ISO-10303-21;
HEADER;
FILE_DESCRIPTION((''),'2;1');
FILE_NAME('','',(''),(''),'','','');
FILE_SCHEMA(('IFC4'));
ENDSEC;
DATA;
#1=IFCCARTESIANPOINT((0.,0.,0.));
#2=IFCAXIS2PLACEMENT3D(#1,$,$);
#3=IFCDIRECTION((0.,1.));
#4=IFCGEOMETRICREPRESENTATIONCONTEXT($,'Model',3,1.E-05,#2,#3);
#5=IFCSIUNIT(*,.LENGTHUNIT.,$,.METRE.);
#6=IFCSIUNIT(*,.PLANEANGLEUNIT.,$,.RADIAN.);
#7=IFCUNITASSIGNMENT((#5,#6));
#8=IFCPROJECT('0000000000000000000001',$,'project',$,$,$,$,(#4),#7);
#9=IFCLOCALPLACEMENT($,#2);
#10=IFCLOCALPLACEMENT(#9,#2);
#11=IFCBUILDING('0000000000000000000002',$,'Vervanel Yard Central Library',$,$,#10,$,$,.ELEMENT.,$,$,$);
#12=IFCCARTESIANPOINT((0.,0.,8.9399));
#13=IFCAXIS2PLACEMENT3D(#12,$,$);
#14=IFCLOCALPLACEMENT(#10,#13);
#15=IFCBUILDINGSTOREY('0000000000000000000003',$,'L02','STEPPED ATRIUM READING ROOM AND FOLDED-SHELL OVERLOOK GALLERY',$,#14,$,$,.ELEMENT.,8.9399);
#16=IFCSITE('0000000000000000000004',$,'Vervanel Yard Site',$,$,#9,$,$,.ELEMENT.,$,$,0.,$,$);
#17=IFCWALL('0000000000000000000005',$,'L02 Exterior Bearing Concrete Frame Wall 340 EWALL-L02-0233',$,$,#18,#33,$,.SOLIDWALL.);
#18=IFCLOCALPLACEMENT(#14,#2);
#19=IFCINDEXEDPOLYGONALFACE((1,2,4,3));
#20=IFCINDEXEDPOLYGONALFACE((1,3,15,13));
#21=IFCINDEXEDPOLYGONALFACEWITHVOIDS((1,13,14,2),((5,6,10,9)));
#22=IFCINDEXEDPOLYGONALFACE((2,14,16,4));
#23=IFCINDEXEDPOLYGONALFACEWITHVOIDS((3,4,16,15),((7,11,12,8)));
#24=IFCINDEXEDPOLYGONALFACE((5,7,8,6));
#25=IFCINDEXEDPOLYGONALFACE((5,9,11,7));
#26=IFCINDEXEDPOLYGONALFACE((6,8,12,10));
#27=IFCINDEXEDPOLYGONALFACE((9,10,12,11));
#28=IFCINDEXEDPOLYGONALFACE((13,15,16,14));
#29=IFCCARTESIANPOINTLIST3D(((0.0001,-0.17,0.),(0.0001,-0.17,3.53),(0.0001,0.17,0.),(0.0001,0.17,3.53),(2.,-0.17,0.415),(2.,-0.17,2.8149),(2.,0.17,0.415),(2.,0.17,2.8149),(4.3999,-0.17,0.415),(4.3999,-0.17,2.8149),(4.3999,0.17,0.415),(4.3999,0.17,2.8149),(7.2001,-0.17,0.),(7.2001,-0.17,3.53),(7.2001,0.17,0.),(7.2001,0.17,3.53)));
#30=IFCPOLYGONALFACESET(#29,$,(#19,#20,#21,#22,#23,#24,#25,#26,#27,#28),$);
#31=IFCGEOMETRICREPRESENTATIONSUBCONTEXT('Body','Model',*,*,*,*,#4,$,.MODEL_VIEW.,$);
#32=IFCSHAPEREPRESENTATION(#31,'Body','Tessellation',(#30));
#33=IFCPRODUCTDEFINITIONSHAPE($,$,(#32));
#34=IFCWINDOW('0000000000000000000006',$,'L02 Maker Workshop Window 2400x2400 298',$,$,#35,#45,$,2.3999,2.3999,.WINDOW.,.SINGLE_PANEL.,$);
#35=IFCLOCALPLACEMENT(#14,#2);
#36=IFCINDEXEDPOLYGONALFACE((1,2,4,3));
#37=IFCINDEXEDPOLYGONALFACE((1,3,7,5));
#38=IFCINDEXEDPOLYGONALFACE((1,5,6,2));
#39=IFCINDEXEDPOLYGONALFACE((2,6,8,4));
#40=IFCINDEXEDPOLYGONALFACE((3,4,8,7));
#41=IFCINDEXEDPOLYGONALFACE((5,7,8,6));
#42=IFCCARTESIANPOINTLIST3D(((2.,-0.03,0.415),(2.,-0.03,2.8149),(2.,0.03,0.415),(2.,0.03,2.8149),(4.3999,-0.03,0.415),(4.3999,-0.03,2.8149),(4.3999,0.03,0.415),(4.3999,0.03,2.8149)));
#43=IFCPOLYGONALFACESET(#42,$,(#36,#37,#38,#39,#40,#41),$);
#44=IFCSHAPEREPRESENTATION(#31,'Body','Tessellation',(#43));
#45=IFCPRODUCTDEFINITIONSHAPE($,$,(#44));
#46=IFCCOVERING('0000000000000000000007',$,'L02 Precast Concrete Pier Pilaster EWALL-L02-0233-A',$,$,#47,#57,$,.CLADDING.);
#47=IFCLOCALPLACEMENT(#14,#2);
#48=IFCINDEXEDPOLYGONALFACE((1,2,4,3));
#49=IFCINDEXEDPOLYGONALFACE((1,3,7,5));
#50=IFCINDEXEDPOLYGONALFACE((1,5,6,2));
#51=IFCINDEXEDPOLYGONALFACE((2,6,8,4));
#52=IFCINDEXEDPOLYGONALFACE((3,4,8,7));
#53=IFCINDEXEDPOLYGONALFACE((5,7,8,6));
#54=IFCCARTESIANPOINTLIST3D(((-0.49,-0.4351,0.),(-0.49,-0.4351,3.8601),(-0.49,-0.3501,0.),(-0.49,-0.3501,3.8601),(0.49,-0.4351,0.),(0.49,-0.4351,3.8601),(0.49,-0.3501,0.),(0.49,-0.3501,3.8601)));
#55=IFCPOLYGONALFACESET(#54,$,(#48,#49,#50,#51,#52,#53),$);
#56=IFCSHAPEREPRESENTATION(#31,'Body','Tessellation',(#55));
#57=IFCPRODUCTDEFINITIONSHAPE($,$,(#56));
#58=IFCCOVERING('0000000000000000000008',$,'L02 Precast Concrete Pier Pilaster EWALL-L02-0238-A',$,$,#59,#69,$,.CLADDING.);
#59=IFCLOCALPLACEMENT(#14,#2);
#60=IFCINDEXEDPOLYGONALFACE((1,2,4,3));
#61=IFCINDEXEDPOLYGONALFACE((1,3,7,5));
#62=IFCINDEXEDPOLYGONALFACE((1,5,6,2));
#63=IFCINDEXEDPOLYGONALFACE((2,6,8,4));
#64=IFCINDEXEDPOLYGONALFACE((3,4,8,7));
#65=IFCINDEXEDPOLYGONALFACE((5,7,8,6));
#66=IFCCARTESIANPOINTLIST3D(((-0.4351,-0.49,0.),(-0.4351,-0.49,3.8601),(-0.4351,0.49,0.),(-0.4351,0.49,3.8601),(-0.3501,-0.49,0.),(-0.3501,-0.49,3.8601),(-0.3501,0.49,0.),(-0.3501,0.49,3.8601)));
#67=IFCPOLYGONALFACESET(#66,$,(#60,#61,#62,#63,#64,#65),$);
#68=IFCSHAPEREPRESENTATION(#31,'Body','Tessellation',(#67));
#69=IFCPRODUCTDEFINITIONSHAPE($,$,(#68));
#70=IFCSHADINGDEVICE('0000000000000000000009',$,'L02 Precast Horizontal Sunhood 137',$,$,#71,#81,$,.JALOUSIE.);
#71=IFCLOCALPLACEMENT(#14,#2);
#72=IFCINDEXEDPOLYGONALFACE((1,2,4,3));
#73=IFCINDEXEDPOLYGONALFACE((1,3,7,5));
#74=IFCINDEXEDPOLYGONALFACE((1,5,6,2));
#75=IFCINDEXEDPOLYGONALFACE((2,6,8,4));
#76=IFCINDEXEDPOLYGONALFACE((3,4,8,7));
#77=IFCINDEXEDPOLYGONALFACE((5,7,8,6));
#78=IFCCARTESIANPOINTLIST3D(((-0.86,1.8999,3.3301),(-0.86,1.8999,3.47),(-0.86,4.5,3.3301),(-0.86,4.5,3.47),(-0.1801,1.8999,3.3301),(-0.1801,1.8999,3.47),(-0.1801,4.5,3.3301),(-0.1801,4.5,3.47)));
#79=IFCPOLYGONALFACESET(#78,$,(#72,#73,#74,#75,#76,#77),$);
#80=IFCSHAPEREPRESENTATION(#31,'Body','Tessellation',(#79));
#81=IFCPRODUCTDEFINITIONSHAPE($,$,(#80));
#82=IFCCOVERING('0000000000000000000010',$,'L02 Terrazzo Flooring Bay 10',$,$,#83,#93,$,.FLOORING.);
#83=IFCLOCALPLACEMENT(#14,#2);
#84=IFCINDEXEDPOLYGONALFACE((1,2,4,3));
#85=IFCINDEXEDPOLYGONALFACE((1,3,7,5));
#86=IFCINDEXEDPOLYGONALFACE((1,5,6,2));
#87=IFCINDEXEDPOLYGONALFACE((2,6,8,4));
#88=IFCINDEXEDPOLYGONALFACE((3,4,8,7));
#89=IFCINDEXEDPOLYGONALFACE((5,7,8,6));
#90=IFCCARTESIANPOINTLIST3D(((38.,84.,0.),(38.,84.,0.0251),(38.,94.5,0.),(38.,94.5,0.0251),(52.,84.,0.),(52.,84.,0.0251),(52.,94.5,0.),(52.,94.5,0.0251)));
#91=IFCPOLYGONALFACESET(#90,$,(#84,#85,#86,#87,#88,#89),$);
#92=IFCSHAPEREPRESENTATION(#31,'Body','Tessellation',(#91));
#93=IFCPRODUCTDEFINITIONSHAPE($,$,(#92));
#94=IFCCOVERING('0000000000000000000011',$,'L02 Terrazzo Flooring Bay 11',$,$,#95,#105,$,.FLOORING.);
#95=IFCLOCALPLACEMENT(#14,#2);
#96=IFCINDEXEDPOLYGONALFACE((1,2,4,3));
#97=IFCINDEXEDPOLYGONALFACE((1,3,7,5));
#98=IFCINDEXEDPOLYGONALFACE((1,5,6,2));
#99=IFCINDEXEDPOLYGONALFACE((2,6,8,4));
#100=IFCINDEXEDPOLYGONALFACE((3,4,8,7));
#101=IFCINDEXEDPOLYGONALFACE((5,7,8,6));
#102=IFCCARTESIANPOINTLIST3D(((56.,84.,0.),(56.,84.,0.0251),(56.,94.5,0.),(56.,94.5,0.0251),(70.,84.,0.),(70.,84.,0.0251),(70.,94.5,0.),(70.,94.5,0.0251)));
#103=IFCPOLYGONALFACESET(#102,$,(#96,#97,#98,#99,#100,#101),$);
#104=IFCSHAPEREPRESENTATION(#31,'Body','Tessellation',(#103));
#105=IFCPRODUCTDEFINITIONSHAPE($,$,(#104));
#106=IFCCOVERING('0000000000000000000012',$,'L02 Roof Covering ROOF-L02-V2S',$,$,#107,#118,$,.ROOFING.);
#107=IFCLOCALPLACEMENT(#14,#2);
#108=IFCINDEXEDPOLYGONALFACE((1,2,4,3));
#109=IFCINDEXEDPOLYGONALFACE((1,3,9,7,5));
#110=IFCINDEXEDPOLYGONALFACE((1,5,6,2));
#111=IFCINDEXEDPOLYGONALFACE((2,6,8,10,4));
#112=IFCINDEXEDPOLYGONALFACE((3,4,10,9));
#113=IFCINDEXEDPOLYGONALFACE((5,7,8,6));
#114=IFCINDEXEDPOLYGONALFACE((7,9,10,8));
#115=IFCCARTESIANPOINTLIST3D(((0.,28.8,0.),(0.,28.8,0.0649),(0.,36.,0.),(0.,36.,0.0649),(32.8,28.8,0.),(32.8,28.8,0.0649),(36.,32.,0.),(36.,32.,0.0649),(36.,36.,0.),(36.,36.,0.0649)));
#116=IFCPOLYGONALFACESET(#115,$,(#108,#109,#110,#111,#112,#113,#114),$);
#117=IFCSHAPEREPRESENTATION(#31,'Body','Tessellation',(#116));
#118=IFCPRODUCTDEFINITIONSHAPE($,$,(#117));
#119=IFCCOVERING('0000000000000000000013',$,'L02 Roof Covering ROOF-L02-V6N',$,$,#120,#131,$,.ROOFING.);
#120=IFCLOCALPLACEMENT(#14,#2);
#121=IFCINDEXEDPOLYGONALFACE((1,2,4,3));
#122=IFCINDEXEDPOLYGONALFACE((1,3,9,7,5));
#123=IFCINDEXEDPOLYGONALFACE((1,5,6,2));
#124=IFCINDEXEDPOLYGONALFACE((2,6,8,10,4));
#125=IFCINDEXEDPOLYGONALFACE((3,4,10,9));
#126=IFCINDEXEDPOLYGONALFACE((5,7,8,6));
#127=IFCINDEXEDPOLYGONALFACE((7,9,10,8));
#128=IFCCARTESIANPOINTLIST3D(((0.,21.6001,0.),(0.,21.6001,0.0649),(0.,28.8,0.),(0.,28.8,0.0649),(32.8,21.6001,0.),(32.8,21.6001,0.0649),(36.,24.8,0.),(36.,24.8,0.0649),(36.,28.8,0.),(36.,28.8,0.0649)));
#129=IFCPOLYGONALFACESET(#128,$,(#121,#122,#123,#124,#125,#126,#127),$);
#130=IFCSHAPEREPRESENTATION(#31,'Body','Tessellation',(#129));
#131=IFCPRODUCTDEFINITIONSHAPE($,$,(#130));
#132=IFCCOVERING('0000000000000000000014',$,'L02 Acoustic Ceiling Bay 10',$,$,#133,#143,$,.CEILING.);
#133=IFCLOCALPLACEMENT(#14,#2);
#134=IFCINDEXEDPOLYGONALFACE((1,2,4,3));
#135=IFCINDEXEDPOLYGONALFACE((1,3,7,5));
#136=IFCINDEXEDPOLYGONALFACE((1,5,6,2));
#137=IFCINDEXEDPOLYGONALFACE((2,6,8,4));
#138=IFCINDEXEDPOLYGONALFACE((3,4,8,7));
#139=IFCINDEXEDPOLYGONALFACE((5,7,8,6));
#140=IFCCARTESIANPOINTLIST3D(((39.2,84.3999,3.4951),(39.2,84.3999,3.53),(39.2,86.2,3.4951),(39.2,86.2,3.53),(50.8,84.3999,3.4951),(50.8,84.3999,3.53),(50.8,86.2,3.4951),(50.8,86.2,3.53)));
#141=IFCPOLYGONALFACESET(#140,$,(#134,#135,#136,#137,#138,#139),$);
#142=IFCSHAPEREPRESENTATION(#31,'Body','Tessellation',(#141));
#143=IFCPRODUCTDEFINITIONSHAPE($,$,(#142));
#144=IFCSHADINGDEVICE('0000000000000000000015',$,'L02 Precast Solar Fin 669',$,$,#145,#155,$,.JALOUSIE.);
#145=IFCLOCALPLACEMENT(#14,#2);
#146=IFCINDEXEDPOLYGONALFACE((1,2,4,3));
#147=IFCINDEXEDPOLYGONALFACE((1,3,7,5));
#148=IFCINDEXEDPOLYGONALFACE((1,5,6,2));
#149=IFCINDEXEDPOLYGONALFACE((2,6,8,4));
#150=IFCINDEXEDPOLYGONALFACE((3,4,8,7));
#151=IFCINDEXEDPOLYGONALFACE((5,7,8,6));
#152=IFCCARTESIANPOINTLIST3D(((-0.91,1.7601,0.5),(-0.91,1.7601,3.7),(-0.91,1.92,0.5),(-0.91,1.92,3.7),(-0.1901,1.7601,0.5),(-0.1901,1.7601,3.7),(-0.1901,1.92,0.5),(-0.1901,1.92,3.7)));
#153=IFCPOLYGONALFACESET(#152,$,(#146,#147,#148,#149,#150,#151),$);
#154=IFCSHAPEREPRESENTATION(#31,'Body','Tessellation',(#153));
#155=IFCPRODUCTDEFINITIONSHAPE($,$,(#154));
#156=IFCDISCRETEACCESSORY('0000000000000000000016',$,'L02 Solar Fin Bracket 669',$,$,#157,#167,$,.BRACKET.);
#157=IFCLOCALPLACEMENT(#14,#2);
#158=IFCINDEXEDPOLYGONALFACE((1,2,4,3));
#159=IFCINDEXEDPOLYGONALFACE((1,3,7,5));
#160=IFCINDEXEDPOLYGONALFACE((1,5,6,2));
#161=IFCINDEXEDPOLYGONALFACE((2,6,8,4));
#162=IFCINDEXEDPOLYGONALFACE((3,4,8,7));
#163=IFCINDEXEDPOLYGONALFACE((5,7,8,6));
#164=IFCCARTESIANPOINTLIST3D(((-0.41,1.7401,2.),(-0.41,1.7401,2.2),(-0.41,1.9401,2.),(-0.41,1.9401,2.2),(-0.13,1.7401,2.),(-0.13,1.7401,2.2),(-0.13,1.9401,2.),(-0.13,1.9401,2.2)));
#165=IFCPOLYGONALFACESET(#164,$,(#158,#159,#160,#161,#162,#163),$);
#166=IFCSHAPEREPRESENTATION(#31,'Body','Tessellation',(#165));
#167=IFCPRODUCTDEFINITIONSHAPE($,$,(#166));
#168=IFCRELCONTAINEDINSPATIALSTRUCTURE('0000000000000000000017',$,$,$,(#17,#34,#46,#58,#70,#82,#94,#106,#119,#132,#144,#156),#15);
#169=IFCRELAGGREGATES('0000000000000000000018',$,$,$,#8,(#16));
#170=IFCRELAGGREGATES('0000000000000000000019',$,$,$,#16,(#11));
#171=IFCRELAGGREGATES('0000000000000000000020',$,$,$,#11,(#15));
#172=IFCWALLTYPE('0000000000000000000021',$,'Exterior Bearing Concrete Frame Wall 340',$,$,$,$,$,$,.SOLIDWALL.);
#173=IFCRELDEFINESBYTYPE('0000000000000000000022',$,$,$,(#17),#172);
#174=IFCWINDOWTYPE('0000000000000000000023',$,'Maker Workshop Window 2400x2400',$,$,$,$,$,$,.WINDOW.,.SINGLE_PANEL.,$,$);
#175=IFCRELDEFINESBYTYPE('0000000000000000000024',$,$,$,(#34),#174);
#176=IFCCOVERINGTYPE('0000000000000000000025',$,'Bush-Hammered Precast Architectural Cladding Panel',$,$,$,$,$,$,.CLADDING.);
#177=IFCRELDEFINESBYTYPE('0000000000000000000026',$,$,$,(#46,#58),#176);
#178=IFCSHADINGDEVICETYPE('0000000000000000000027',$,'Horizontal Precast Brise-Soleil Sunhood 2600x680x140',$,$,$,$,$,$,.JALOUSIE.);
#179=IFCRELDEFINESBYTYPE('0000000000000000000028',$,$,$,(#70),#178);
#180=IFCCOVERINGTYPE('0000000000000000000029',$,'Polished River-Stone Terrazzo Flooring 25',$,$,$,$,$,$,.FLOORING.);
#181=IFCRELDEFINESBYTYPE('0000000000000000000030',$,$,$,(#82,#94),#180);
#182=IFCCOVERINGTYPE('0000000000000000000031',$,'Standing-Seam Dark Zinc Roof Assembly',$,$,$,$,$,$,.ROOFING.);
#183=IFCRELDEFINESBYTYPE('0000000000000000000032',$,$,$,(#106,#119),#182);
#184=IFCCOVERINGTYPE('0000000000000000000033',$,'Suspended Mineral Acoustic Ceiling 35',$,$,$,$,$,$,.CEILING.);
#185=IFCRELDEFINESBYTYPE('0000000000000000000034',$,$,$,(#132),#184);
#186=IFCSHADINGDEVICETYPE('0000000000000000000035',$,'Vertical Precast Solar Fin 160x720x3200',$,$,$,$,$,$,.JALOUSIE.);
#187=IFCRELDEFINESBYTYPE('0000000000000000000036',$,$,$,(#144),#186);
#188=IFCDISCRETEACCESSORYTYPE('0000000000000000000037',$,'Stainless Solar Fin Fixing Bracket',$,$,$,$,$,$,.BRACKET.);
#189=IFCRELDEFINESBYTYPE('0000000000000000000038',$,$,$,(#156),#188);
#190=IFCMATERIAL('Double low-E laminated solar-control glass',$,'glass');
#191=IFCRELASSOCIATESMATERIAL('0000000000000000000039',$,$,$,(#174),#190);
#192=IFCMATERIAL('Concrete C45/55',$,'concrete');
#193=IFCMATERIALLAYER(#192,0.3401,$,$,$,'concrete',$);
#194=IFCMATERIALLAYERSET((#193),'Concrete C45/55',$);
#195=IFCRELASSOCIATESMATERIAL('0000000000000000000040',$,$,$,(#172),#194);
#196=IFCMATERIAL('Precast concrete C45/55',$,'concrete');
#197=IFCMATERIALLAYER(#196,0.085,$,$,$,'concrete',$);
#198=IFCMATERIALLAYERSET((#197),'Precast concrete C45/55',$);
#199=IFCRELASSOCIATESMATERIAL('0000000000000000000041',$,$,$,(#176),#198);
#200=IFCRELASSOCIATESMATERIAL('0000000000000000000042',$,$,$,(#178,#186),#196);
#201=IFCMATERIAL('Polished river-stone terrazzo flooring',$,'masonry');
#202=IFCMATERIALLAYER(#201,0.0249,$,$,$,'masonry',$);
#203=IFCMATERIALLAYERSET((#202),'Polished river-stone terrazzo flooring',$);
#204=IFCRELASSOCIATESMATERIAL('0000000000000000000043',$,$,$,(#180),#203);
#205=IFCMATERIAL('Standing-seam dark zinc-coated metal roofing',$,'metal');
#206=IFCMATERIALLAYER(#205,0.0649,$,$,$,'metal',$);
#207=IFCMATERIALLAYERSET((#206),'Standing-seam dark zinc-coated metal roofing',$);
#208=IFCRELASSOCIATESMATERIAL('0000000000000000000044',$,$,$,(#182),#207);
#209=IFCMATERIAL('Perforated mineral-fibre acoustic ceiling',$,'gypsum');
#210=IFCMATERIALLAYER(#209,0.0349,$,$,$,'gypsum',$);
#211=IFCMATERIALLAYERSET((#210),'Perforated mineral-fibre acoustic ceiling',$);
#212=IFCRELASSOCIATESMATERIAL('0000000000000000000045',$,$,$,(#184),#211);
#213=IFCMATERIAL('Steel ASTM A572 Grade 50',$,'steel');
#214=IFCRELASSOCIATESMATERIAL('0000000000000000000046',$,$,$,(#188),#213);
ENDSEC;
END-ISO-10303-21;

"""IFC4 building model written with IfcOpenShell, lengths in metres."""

from ifc_helpers import new_model, si_unit, direction, frame, frame_2d, origin, origin_with_axes, origin_2d, place, context, subcontext, project, spatial, polyline, rectangle, outline, extrude, material, layer, layer_set, type_object, element, fill, save


model = new_model("IFC4")

# Units and contexts
model_context = context("Model", 3, precision=1e-05, world=origin(), true_north=direction((0.0, 1.0)))
body_context = subcontext(model_context, "Body", "Model", "MODEL_VIEW")
ifc_project = project(units=[si_unit("LENGTHUNIT", "METRE"), si_unit("PLANEANGLEUNIT", "RADIAN")], contexts=[model_context])

# Site, building, storey
site_placement = place(None, origin())
site = spatial("IfcSite", under=ifc_project, at=site_placement, Name="Vervanel Yard Site", CompositionType="ELEMENT", RefElevation=0.0)
building_placement = place(site_placement, origin())
building = spatial("IfcBuilding", under=site, at=building_placement, Name="Vervanel Yard Central Library", CompositionType="ELEMENT")
storey_placement = place(building_placement, frame((0.0, 0.0, 8.9399)))
storey = spatial("IfcBuildingStorey", under=building, at=storey_placement, Name="L02", Description="STEPPED ATRIUM READING ROOM AND FOLDED-SHELL OVERLOOK GALLERY", CompositionType="ELEMENT", Elevation=8.9399)

# Wall, opening, window
ifc_material_1 = material(Name="Precast concrete C45/55", Category="concrete")
ifc_material_2 = material(Name="Double low-E laminated solar-control glass", Category="glass")
window_type = type_object("IfcWindowType", Name="Maker Workshop Window 2400x2400", PartitioningType="SINGLE_PANEL", PredefinedType="WINDOW", material=ifc_material_2)
ifc_material_3 = material(Name="Concrete C45/55", Category="concrete")
ifc_layer_1 = layer(ifc_material_3, 0.3401, Category="concrete")
ifc_layer_set_1 = layer_set([ifc_layer_1], Name="Concrete C45/55")
wall_type_1 = type_object("IfcWallType", Name="Exterior Bearing Concrete Frame Wall 340", PredefinedType="SOLIDWALL", material=ifc_layer_set_1)
wall_1_placement = place(storey_placement, origin_with_axes())
wall_1 = element("IfcWall", 1, at=wall_1_placement, inside=storey, type_object=wall_type_1, Name="L02 Exterior Bearing Concrete Frame Wall 340 EWALL-L02-0233", PredefinedType="SOLIDWALL", context=body_context, shape_type="SweptSolid", body=[
    extrude(rectangle(XDim=7.2, YDim=0.3401, at=frame_2d((3.6001, 0.0))), origin(), (0.0, 0.0, 1.0), 3.53),
])
opening_1_placement = place(wall_1_placement, frame((2.0, 0.0, 0.415)))
opening_1 = element("IfcOpeningElement", 2, at=opening_1_placement, cuts=wall_1, PredefinedType="OPENING", context=body_context, shape_type="SweptSolid", body=[
    extrude(rectangle(XDim=2.3999, YDim=2.3999, at=frame_2d((1.2, 1.2))), frame((0.0, 0.1799, 0.0), z_axis=(0.0, -1.0, 0.0), x_axis=(1.0, 0.0, 0.0)), (0.0, 0.0, 1.0), 0.3601),
])
window_1_placement = place(opening_1_placement, origin())
window_1 = element("IfcWindow", 3, at=window_1_placement, inside=storey, type_object=window_type, Name="L02 Maker Workshop Window 2400x2400 298", OverallHeight=2.3999, OverallWidth=2.3999, PartitioningType="SINGLE_PANEL", PredefinedType="WINDOW", context=body_context, shape_type="SweptSolid", body=[
    extrude(rectangle(XDim=2.3999, YDim=2.3999, at=frame_2d((1.2, 1.2))), frame((0.0, 0.03, 0.0), z_axis=(0.0, -1.0, 0.0), x_axis=(1.0, 0.0, 0.0)), (0.0, 0.0, 1.0), 0.0601),
])
fill(opening_1, window_1)

# Coverings
ifc_layer_2 = layer(ifc_material_1, 0.085, Category="concrete")
ifc_layer_set_2 = layer_set([ifc_layer_2], Name="Precast concrete C45/55")
covering_type_1 = type_object("IfcCoveringType", Name="Bush-Hammered Precast Architectural Cladding Panel", PredefinedType="CLADDING", material=ifc_layer_set_2)
for number, where, z_axis, x_axis, name in (
    (4, (0.0, -0.3926, 0.0), (0.0, 0.0, 1.0), (1.0, 0.0, 0.0), "L02 Precast Concrete Pier Pilaster EWALL-L02-0233-A"),
    (5, (-0.3926, 0.0, 0.0), (0.0, 0.0, 1.0), (0.0, 1.0, 0.0), "L02 Precast Concrete Pier Pilaster EWALL-L02-0238-A"),
):
    element("IfcCovering", number, at=place(storey_placement, frame(where, z_axis=z_axis, x_axis=x_axis)), inside=storey, type_object=covering_type_1, Name=name, PredefinedType="CLADDING", context=body_context, shape_type="SweptSolid", body=[
        extrude(rectangle(XDim=0.98, YDim=0.085, at=origin_2d()), origin(), (0.0, 0.0, 1.0), 3.8601),
    ])

# Shading device
shading_device_type_1 = type_object("IfcShadingDeviceType", Name="Horizontal Precast Brise-Soleil Sunhood 2600x680x140", PredefinedType="JALOUSIE", material=ifc_material_1)
shading_device_1_placement = place(storey_placement, frame((-0.52, 3.2, 3.3301), z_axis=(0.0, 0.0, 1.0), x_axis=(0.0, 1.0, 0.0)))
element("IfcShadingDevice", 6, at=shading_device_1_placement, inside=storey, type_object=shading_device_type_1, Name="L02 Precast Horizontal Sunhood 137", PredefinedType="JALOUSIE", context=body_context, shape_type="SweptSolid", body=[
    extrude(rectangle(XDim=2.6001, YDim=0.6799, at=origin_2d()), origin(), (0.0, 0.0, 1.0), 0.1399),
])

# Coverings
ifc_material_4 = material(Name="Polished river-stone terrazzo flooring", Category="masonry")
ifc_layer_3 = layer(ifc_material_4, 0.0249, Category="masonry")
ifc_layer_set_3 = layer_set([ifc_layer_3], Name="Polished river-stone terrazzo flooring")
covering_type_2 = type_object("IfcCoveringType", Name="Polished River-Stone Terrazzo Flooring 25", PredefinedType="FLOORING", material=ifc_layer_set_3)
covering_1_placement = place(storey_placement, origin())
element("IfcCovering", 7, at=covering_1_placement, inside=storey, type_object=covering_type_2, Name="L02 Terrazzo Flooring Bay 10", PredefinedType="FLOORING", context=body_context, shape_type="SweptSolid", body=[
    extrude(outline(polyline([(38.0, 84.0), (52.0, 84.0), (52.0, 94.5), (38.0, 94.5), (38.0, 84.0)])), origin(), (0.0, 0.0, 1.0), 0.0251),
])
covering_2_placement = place(storey_placement, origin())
element("IfcCovering", 8, at=covering_2_placement, inside=storey, type_object=covering_type_2, Name="L02 Terrazzo Flooring Bay 11", PredefinedType="FLOORING", context=body_context, shape_type="SweptSolid", body=[
    extrude(outline(polyline([(56.0, 84.0), (70.0, 84.0), (70.0, 94.5), (56.0, 94.5), (56.0, 84.0)])), origin(), (0.0, 0.0, 1.0), 0.0251),
])
ifc_material_5 = material(Name="Standing-seam dark zinc-coated metal roofing", Category="metal")
ifc_layer_4 = layer(ifc_material_5, 0.0649, Category="metal")
ifc_layer_set_4 = layer_set([ifc_layer_4], Name="Standing-seam dark zinc-coated metal roofing")
covering_type_3 = type_object("IfcCoveringType", Name="Standing-Seam Dark Zinc Roof Assembly", PredefinedType="ROOFING", material=ifc_layer_set_4)
covering_3_placement = place(storey_placement, origin())
element("IfcCovering", 9, at=covering_3_placement, inside=storey, type_object=covering_type_3, Name="L02 Roof Covering ROOF-L02-V2S", PredefinedType="ROOFING", context=body_context, shape_type="SweptSolid", body=[
    extrude(outline(polyline([(0.0, 28.8), (32.8, 28.8), (36.0, 32.0), (36.0, 36.0), (0.0, 36.0), (0.0, 28.8)])), origin(), (0.0, 0.0, 1.0), 0.0649),
])
covering_4_placement = place(storey_placement, origin())
element("IfcCovering", 10, at=covering_4_placement, inside=storey, type_object=covering_type_3, Name="L02 Roof Covering ROOF-L02-V6N", PredefinedType="ROOFING", context=body_context, shape_type="SweptSolid", body=[
    extrude(outline(polyline([(0.0, 21.6001), (32.8, 21.6001), (36.0, 24.8), (36.0, 28.8), (0.0, 28.8), (0.0, 21.6001)])), origin(), (0.0, 0.0, 1.0), 0.0649),
])
ifc_material_6 = material(Name="Perforated mineral-fibre acoustic ceiling", Category="gypsum")
ifc_layer_5 = layer(ifc_material_6, 0.0349, Category="gypsum")
ifc_layer_set_5 = layer_set([ifc_layer_5], Name="Perforated mineral-fibre acoustic ceiling")
covering_type_4 = type_object("IfcCoveringType", Name="Suspended Mineral Acoustic Ceiling 35", PredefinedType="CEILING", material=ifc_layer_set_5)
covering_5_placement = place(storey_placement, frame((0.0, 0.0, 3.4951)))
element("IfcCovering", 11, at=covering_5_placement, inside=storey, type_object=covering_type_4, Name="L02 Acoustic Ceiling Bay 10", PredefinedType="CEILING", context=body_context, shape_type="SweptSolid", body=[
    extrude(outline(polyline([(39.2, 84.3999), (50.8, 84.3999), (50.8, 86.2), (39.2, 86.2), (39.2, 84.3999)])), origin(), (0.0, 0.0, 1.0), 0.0349),
])

# Shading device
shading_device_type_2 = type_object("IfcShadingDeviceType", Name="Vertical Precast Solar Fin 160x720x3200", PredefinedType="JALOUSIE", material=ifc_material_1)
shading_device_2_placement = place(storey_placement, frame((-0.55, 1.8401, 0.5), z_axis=(0.0, 0.0, 1.0), x_axis=(0.0, 1.0, 0.0)))
element("IfcShadingDevice", 12, at=shading_device_2_placement, inside=storey, type_object=shading_device_type_2, Name="L02 Precast Solar Fin 669", PredefinedType="JALOUSIE", context=body_context, shape_type="SweptSolid", body=[
    extrude(rectangle(XDim=0.1599, YDim=0.72, at=origin_2d()), origin(), (0.0, 0.0, 1.0), 3.2),
])

# Discrete accessory
ifc_material_7 = material(Name="Steel ASTM A572 Grade 50", Category="steel")
discrete_accessory_type = type_object("IfcDiscreteAccessoryType", Name="Stainless Solar Fin Fixing Bracket", PredefinedType="BRACKET", material=ifc_material_7)
discrete_accessory_placement = place(storey_placement, frame((-0.27, 1.8401, 2.0), z_axis=(0.0, 0.0, 1.0), x_axis=(0.0, 1.0, 0.0)))
element("IfcDiscreteAccessory", 13, at=discrete_accessory_placement, inside=storey, type_object=discrete_accessory_type, Name="L02 Solar Fin Bracket 669", PredefinedType="BRACKET", context=body_context, shape_type="SweptSolid", body=[
    extrude(rectangle(XDim=0.2, YDim=0.28, at=origin_2d()), origin(), (0.0, 0.0, 1.0), 0.2),
])

save(model, "model.ifc")
